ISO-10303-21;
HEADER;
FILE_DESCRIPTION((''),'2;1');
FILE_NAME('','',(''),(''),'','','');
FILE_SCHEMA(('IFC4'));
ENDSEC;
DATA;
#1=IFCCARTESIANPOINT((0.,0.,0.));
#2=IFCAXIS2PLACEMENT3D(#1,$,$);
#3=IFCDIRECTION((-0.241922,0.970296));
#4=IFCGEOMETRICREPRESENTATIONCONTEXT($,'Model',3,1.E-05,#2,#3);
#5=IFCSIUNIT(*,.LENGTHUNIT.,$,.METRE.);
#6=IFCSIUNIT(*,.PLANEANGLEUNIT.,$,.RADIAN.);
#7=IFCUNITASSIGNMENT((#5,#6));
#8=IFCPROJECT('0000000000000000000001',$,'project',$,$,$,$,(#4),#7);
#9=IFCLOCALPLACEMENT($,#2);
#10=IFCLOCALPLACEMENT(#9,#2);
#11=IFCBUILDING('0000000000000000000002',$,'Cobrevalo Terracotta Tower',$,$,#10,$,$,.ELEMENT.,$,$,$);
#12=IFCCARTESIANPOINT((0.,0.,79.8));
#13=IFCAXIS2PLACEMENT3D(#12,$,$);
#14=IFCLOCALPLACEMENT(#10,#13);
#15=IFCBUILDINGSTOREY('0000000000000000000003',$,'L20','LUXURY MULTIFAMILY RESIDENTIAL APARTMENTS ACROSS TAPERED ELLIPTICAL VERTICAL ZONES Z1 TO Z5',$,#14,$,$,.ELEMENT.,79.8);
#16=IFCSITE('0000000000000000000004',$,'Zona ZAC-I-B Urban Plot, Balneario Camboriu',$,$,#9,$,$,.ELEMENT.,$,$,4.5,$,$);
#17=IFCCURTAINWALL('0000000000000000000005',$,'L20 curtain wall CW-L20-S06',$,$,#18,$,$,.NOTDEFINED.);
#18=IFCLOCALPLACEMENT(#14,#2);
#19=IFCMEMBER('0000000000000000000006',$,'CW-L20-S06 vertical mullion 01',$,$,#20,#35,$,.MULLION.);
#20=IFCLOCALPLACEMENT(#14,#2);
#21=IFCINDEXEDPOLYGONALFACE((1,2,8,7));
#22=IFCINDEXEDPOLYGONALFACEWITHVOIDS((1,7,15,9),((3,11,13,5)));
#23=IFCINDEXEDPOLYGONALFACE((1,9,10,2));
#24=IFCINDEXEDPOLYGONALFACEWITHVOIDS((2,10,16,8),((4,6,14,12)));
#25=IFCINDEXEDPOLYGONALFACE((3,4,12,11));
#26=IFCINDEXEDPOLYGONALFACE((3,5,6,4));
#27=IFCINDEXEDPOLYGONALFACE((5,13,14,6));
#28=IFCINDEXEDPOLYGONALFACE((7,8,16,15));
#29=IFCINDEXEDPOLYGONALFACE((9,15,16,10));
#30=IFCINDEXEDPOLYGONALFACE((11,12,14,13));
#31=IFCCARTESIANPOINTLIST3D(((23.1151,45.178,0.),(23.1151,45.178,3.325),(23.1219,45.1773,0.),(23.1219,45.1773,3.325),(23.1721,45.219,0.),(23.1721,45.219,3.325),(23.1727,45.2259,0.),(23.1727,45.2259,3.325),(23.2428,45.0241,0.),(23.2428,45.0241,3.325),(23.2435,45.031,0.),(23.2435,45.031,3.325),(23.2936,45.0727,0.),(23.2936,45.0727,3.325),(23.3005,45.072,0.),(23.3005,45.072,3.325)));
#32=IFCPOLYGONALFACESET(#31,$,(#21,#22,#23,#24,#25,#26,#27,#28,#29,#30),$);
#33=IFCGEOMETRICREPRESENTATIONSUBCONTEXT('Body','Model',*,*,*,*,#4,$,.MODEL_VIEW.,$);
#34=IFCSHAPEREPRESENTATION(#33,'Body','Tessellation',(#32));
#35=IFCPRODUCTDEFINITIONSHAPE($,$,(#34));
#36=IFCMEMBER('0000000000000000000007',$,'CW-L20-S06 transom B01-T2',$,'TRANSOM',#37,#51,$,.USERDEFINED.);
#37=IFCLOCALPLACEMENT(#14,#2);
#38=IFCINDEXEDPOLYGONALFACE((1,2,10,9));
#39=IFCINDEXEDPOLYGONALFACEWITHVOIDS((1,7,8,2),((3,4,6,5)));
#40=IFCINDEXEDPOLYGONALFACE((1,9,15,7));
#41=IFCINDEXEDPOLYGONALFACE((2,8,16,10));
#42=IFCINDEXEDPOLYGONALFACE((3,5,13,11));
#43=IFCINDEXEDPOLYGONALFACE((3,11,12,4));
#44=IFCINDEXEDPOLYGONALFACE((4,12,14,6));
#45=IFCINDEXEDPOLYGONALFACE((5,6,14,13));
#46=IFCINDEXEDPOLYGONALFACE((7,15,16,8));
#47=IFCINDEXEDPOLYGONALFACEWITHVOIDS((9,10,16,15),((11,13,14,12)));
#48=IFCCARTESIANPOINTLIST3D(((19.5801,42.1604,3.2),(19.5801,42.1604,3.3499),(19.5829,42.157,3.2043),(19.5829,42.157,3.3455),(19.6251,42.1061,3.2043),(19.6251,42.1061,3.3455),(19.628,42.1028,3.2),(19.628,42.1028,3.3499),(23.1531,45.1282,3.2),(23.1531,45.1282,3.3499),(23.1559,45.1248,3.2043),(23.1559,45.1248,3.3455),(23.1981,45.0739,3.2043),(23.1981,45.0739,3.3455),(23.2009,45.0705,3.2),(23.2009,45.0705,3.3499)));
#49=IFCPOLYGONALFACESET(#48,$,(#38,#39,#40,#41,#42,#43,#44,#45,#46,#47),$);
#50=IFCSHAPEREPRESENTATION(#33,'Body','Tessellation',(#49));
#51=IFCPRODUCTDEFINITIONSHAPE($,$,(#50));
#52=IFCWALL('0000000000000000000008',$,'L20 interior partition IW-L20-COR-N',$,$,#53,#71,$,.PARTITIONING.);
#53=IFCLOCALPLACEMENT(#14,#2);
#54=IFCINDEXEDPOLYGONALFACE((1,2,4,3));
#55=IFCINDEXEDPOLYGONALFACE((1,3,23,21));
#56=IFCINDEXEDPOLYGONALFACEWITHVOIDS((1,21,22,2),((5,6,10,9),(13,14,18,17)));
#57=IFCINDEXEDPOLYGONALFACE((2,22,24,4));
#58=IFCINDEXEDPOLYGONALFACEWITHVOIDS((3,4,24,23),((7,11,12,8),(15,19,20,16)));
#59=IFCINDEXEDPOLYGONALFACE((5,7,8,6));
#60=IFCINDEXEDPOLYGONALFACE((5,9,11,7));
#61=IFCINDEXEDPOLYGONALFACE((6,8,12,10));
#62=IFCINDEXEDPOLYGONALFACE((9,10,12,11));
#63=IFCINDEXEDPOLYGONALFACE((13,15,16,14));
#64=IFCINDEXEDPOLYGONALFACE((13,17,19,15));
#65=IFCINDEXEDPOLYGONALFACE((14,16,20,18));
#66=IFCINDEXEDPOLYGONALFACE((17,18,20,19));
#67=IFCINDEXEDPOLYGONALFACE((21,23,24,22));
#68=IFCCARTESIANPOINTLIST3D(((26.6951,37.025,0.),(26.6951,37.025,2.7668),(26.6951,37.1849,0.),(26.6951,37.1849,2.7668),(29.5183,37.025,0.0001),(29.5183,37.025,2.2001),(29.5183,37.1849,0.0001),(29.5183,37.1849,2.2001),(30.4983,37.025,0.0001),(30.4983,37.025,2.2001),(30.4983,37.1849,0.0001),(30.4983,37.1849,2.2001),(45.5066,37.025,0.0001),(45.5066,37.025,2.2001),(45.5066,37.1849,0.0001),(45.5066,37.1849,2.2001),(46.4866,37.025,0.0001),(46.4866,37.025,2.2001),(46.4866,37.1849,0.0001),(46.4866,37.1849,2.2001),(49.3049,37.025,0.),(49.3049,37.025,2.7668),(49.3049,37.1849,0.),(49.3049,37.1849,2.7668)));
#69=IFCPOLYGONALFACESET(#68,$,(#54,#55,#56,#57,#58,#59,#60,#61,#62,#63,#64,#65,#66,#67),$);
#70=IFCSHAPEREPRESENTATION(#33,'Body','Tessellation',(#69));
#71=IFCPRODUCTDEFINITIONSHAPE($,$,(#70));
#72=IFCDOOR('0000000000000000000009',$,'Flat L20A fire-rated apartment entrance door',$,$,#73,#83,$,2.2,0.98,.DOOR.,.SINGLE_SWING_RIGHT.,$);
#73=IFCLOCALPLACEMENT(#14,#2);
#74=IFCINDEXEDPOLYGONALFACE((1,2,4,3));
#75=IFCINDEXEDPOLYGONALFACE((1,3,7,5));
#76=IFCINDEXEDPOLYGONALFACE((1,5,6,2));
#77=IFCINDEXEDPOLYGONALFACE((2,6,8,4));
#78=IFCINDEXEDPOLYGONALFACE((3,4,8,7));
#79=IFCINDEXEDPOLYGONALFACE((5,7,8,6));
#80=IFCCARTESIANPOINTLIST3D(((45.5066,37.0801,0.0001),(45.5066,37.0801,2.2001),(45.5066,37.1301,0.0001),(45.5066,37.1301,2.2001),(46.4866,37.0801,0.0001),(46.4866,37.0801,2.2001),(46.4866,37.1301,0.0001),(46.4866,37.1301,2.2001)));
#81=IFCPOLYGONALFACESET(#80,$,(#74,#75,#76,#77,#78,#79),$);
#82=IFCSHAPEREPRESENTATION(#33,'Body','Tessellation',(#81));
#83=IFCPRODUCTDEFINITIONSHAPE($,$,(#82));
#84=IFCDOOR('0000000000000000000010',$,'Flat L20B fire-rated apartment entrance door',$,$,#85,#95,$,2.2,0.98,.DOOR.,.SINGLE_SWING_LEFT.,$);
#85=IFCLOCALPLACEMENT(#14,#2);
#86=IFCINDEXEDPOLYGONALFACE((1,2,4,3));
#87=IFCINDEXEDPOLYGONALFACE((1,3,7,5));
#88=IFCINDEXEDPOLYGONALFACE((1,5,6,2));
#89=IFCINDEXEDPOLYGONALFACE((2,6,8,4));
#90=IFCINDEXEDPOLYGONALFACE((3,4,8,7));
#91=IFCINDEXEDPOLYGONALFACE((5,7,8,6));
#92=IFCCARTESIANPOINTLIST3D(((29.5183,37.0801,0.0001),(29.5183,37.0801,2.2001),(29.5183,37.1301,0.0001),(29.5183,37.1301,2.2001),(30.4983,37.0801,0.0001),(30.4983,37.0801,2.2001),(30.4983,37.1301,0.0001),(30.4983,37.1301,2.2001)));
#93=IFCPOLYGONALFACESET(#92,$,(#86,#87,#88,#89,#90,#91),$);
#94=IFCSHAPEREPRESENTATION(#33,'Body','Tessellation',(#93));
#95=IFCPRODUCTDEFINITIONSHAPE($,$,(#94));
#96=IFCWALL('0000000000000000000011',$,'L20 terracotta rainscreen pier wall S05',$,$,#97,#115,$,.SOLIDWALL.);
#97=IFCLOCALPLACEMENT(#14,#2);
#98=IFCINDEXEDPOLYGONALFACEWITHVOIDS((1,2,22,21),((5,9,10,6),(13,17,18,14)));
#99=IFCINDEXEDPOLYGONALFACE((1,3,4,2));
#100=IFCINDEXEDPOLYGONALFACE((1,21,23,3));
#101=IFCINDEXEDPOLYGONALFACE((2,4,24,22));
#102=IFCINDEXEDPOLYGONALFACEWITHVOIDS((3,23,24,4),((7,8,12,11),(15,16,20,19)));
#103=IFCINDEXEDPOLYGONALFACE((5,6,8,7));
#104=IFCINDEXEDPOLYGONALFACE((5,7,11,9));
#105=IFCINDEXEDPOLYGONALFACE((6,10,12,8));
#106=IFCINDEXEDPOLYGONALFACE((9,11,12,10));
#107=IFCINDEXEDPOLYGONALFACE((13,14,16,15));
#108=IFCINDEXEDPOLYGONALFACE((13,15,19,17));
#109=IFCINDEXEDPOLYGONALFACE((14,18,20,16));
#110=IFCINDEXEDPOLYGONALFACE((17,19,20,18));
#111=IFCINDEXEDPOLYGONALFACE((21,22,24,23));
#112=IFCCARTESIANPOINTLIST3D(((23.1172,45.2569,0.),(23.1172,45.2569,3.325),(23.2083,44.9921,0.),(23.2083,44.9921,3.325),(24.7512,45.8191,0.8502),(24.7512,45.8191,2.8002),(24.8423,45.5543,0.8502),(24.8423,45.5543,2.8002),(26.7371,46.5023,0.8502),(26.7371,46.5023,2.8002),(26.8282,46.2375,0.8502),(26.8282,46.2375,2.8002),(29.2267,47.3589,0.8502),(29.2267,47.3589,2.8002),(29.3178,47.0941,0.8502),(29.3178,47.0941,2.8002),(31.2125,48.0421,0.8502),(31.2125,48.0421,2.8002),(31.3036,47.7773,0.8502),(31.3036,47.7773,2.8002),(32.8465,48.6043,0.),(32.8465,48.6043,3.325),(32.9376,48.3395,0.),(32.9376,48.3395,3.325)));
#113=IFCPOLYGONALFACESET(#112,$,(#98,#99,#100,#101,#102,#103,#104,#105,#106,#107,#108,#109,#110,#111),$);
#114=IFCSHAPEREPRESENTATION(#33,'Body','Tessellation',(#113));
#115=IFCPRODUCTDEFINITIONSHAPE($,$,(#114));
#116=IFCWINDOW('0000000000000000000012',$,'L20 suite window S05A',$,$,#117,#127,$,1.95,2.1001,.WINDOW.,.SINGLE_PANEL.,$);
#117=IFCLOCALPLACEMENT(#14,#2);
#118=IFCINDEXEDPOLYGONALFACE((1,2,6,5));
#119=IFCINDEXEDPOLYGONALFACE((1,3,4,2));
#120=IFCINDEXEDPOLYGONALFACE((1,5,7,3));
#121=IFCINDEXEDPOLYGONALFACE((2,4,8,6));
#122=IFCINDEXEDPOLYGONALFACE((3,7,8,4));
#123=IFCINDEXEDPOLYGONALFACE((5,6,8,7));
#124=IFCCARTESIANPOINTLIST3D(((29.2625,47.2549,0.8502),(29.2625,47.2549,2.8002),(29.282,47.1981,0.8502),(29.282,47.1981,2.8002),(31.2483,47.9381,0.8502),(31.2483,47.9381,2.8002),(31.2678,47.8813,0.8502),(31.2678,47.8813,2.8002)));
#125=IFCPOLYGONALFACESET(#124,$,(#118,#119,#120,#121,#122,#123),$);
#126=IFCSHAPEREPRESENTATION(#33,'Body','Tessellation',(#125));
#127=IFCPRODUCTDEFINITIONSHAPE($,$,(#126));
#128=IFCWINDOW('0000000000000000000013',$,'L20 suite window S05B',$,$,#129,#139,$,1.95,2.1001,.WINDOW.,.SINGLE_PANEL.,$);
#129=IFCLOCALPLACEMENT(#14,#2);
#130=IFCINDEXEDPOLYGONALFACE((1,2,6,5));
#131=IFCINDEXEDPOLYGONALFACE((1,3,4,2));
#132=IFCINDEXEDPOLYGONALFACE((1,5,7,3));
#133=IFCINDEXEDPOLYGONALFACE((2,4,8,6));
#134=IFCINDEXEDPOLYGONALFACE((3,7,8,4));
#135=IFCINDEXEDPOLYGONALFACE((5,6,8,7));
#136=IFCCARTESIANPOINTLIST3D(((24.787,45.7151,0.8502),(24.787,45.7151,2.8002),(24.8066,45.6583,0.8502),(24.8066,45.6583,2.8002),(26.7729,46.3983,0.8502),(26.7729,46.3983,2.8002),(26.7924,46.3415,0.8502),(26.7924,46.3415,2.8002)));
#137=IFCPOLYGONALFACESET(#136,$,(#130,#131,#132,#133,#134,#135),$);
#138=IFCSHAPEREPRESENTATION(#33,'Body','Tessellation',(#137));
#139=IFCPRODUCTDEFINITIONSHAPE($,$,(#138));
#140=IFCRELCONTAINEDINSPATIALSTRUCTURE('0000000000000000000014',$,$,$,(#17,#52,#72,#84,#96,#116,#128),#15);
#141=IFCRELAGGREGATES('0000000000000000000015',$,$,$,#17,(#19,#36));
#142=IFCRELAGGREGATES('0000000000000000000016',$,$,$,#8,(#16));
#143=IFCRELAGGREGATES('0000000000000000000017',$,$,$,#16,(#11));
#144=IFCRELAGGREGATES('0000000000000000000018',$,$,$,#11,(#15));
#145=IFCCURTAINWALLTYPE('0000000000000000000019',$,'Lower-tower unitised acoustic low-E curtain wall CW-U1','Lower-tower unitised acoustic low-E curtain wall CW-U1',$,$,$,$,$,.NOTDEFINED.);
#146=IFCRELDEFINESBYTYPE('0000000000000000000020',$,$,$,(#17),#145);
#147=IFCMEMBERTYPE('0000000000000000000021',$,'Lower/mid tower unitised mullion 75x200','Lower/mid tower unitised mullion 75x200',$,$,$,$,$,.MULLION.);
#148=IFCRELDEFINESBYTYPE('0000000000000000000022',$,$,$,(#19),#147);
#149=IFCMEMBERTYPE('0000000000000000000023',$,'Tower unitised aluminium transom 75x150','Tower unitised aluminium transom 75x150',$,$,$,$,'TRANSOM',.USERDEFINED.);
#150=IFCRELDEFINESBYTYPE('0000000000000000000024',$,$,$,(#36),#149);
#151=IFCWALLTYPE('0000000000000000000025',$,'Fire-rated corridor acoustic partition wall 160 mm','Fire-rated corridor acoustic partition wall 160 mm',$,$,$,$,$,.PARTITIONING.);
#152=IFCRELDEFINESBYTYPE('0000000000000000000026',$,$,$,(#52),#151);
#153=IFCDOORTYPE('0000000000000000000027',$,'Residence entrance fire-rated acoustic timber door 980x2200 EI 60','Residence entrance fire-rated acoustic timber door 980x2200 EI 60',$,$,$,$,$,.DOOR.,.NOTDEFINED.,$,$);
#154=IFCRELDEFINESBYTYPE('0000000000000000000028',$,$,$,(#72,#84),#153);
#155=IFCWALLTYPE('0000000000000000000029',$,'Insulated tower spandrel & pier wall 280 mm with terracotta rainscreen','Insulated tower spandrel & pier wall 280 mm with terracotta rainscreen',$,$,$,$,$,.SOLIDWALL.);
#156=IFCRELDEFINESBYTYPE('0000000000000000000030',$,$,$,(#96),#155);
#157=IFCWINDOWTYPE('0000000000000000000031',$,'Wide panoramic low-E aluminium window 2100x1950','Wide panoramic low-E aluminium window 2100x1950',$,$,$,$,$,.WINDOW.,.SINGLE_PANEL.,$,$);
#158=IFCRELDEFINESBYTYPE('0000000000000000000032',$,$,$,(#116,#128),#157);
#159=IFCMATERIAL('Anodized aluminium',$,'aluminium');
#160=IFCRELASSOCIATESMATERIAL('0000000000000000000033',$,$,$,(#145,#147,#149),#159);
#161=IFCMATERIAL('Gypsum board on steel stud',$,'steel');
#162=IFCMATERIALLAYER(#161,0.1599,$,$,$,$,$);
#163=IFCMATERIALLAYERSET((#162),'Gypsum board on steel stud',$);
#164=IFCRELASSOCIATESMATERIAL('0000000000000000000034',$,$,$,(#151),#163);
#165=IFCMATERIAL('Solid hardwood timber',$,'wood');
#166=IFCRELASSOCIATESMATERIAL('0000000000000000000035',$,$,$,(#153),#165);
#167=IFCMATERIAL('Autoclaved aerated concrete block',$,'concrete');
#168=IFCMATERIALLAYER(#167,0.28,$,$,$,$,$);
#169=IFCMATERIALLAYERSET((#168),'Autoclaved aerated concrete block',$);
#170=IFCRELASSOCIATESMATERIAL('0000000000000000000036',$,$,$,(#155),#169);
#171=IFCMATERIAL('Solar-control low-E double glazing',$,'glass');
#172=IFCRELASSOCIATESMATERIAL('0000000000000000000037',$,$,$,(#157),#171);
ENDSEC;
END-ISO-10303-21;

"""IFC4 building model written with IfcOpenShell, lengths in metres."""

from ifc_helpers import new_model, si_unit, direction, frame, frame_2d, origin, origin_2d, place, context, subcontext, project, spatial, rectangle, hollow_rectangle, extrude, source, transform, mapped, material, layer, layer_set, material_profile, profile_set, type_object, element, fill, aggregate, save


model = new_model("IFC4")

# Units and contexts
model_context = context("Model", 3, precision=1e-05, world=origin(), true_north=direction((-0.241922, 0.970296)))
body_context = subcontext(model_context, "Body", "Model", "MODEL_VIEW")
ifc_project = project(units=[si_unit("LENGTHUNIT", "METRE"), si_unit("PLANEANGLEUNIT", "RADIAN")], contexts=[model_context])

# Site, building, storey
site_placement = place(None, origin())
site = spatial("IfcSite", under=ifc_project, at=site_placement, Name="Zona ZAC-I-B Urban Plot, Balneario Camboriu", CompositionType="ELEMENT", RefElevation=4.5)
building_placement = place(site_placement, origin())
building = spatial("IfcBuilding", under=site, at=building_placement, Name="Cobrevalo Terracotta Tower", CompositionType="ELEMENT")
storey_placement = place(building_placement, frame((0.0, 0.0, 79.8)))
storey = spatial("IfcBuildingStorey", under=building, at=storey_placement, Name="L20", Description="LUXURY MULTIFAMILY RESIDENTIAL APARTMENTS ACROSS TAPERED ELLIPTICAL VERTICAL ZONES Z1 TO Z5", CompositionType="ELEMENT", Elevation=79.8)

# Shared definitions
ifc_material_1 = material(Name="Anodized aluminium", Category="aluminium")
curtain_wall_type = type_object("IfcCurtainWallType", Name="Lower-tower unitised acoustic low-E curtain wall CW-U1", Description="Lower-tower unitised acoustic low-E curtain wall CW-U1", PredefinedType="NOTDEFINED", material=ifc_material_1)
ifc_material_profile_1 = material_profile(ifc_material_1, hollow_rectangle(XDim=0.075, YDim=0.2, WallThickness=0.0049, at=origin_2d()), Name="CWM 75x200")
ifc_profile_set_1 = profile_set([ifc_material_profile_1], Name="Anodized aluminium")
member_type_1 = type_object("IfcMemberType", Name="Lower/mid tower unitised mullion 75x200", Description="Lower/mid tower unitised mullion 75x200", PredefinedType="MULLION", material=ifc_profile_set_1)
shared_shape_1 = source(origin(), body_context, "Body", "SweptSolid", [
    extrude(hollow_rectangle(XDim=0.075, YDim=0.2, WallThickness=0.0049, at=origin_2d()), origin(), (0.0, 0.0, 1.0), 3.325),
])

# Curtain wall, members
curtain_wall_1_placement = place(storey_placement, origin())
curtain_wall_1 = element("IfcCurtainWall", 1, at=curtain_wall_1_placement, inside=storey, type_object=curtain_wall_type, Name="L20 curtain wall CW-L20-S06", PredefinedType="NOTDEFINED")
member_1_placement = place(storey_placement, frame((23.2078, 45.125, 0.0), z_axis=(0.0, 0.0, 1.0), x_axis=(-0.769243, -0.638956, 0.0)))
member_1 = element("IfcMember", 2, at=member_1_placement, type_object=member_type_1, Name="CW-L20-S06 vertical mullion 01", PredefinedType="MULLION", context=body_context, shape_type="MappedRepresentation", body=[
    mapped(shared_shape_1, transform((0.0, 0.0, 0.0), scale=1.0)),
])
ifc_material_profile_2 = material_profile(ifc_material_1, hollow_rectangle(XDim=0.075, YDim=0.1499, WallThickness=0.0044, at=origin_2d()), Name="CWT 75x150")
ifc_profile_set_2 = profile_set([ifc_material_profile_2], Name="Anodized aluminium")
member_type_2 = type_object("IfcMemberType", Name="Tower unitised aluminium transom 75x150", Description="Tower unitised aluminium transom 75x150", ElementType="TRANSOM", PredefinedType="USERDEFINED", material=ifc_profile_set_2)
shared_shape_2 = source(origin(), body_context, "Body", "SweptSolid", [
    extrude(hollow_rectangle(XDim=0.075, YDim=0.1499, WallThickness=0.0044, at=origin_2d()), origin(), (0.0, 0.0, 1.0), 4.6448),
])
member_2_placement = place(storey_placement, frame((23.177, 45.0994, 3.2749), z_axis=(-0.76925, -0.638948, 0.0), x_axis=(0.638948, -0.76925, 0.0)))
member_2 = element("IfcMember", 3, at=member_2_placement, type_object=member_type_2, Name="CW-L20-S06 transom B01-T2", ObjectType="TRANSOM", PredefinedType="USERDEFINED", context=body_context, shape_type="MappedRepresentation", body=[
    mapped(shared_shape_2, transform((0.0, 0.0, 0.0), scale=1.0)),
])
aggregate(curtain_wall_1, [member_1, member_2])

# Wall, openings, doors
ifc_material_2 = material(Name="Gypsum board on steel stud", Category="steel")
ifc_layer_1 = layer(ifc_material_2, 0.1599)
ifc_layer_set_1 = layer_set([ifc_layer_1], Name="Gypsum board on steel stud")
wall_type_1 = type_object("IfcWallType", Name="Fire-rated corridor acoustic partition wall 160 mm", Description="Fire-rated corridor acoustic partition wall 160 mm", PredefinedType="PARTITIONING", material=ifc_layer_set_1)
wall_1_placement = place(storey_placement, frame((26.6951, 37.105, 0.0), z_axis=(0.0, 0.0, 1.0), x_axis=(1.0, 0.0, 0.0)))
wall_1 = element("IfcWall", 4, at=wall_1_placement, inside=storey, type_object=wall_type_1, Name="L20 interior partition IW-L20-COR-N", PredefinedType="PARTITIONING", context=body_context, shape_type="SweptSolid", body=[
    extrude(rectangle(XDim=22.6099, YDim=0.1599, at=frame_2d((11.3049, 0.0))), origin(), (0.0, 0.0, 1.0), 2.7668),
])
opening_1_placement = place(wall_1_placement, frame((18.8115, 0.0, 0.0)))
opening_1 = element("IfcOpeningElement", 5, at=opening_1_placement, cuts=wall_1, PredefinedType="OPENING", context=body_context, shape_type="SweptSolid", body=[
    extrude(rectangle(XDim=0.98, YDim=2.2, at=frame_2d((0.49, 1.1001))), frame((0.0, 0.0898, 0.0), z_axis=(0.0, -1.0, 0.0), x_axis=(1.0, 0.0, 0.0)), (0.0, 0.0, 1.0), 0.1799),
])
opening_2_placement = place(wall_1_placement, frame((2.8232, 0.0, 0.0)))
opening_2 = element("IfcOpeningElement", 6, at=opening_2_placement, cuts=wall_1, PredefinedType="OPENING", context=body_context, shape_type="SweptSolid", body=[
    extrude(rectangle(XDim=0.98, YDim=2.2, at=frame_2d((0.49, 1.1001))), frame((0.0, 0.0898, 0.0), z_axis=(0.0, -1.0, 0.0), x_axis=(1.0, 0.0, 0.0)), (0.0, 0.0, 1.0), 0.1799),
])
ifc_material_3 = material(Name="Solid hardwood timber", Category="wood")
door_type_1 = type_object("IfcDoorType", Name="Residence entrance fire-rated acoustic timber door 980x2200 EI 60", Description="Residence entrance fire-rated acoustic timber door 980x2200 EI 60", OperationType="NOTDEFINED", PredefinedType="DOOR", material=ifc_material_3)
shared_shape_3 = source(origin(), body_context, "Body", "SweptSolid", [
    extrude(rectangle(XDim=0.98, YDim=2.2, at=frame_2d((0.49, 1.1001))), frame((0.0, 0.0249, 0.0), z_axis=(0.0, -1.0, 0.0), x_axis=(1.0, 0.0, 0.0)), (0.0, 0.0, 1.0), 0.05),
])
door_1_placement = place(opening_1_placement, frame((0.98, 0.0, 0.0), z_axis=(0.0, 0.0, 1.0), x_axis=(-1.0, 0.0, 0.0)))
door_1 = element("IfcDoor", 7, at=door_1_placement, inside=storey, type_object=door_type_1, Name="Flat L20A fire-rated apartment entrance door", OperationType="SINGLE_SWING_RIGHT", OverallHeight=2.2, OverallWidth=0.98, PredefinedType="DOOR", context=body_context, shape_type="MappedRepresentation", body=[
    mapped(shared_shape_3, transform((0.0, 0.0, 0.0), scale=1.0)),
])
fill(opening_1, door_1)
door_2_placement = place(opening_2_placement, frame((0.98, 0.0, 0.0), z_axis=(0.0, 0.0, 1.0), x_axis=(-1.0, 0.0, 0.0)))
door_2 = element("IfcDoor", 8, at=door_2_placement, inside=storey, type_object=door_type_1, Name="Flat L20B fire-rated apartment entrance door", OperationType="SINGLE_SWING_LEFT", OverallHeight=2.2, OverallWidth=0.98, PredefinedType="DOOR", context=body_context, shape_type="MappedRepresentation", body=[
    mapped(shared_shape_3, transform((0.0, 0.0, 0.0), scale=1.0)),
])
fill(opening_2, door_2)

# Wall, openings, windows
ifc_material_4 = material(Name="Autoclaved aerated concrete block", Category="concrete")
ifc_layer_2 = layer(ifc_material_4, 0.28)
ifc_layer_set_2 = layer_set([ifc_layer_2], Name="Autoclaved aerated concrete block")
wall_type_2 = type_object("IfcWallType", Name="Insulated tower spandrel & pier wall 280 mm with terracotta rainscreen", Description="Insulated tower spandrel & pier wall 280 mm with terracotta rainscreen", PredefinedType="SOLIDWALL", material=ifc_layer_set_2)
wall_2_placement = place(storey_placement, frame((32.8921, 48.4719, 0.0), z_axis=(0.0, 0.0, 1.0), x_axis=(-0.945597, -0.325339, 0.0)))
wall_2 = element("IfcWall", 9, at=wall_2_placement, inside=storey, type_object=wall_type_2, Name="L20 terracotta rainscreen pier wall S05", PredefinedType="SOLIDWALL", context=body_context, shape_type="SweptSolid", body=[
    extrude(rectangle(XDim=10.2891, YDim=0.28, at=frame_2d((5.1445, 0.0))), origin(), (0.0, 0.0, 1.0), 3.325),
])
opening_3_placement = place(wall_2_placement, frame((1.728, 0.0, 0.8501)))
opening_3 = element("IfcOpeningElement", 10, at=opening_3_placement, cuts=wall_2, PredefinedType="OPENING", context=body_context, shape_type="SweptSolid", body=[
    extrude(rectangle(XDim=2.1001, YDim=1.95, at=frame_2d((1.05, 0.9751))), frame((0.0, 0.1499, 0.0), z_axis=(0.0, -1.0, 0.0), x_axis=(1.0, 0.0, 0.0)), (0.0, 0.0, 1.0), 0.3),
])
opening_4_placement = place(wall_2_placement, frame((6.4609, 0.0, 0.8501)))
opening_4 = element("IfcOpeningElement", 11, at=opening_4_placement, cuts=wall_2, PredefinedType="OPENING", context=body_context, shape_type="SweptSolid", body=[
    extrude(rectangle(XDim=2.1001, YDim=1.95, at=frame_2d((1.05, 0.9751))), frame((0.0, 0.1499, 0.0), z_axis=(0.0, -1.0, 0.0), x_axis=(1.0, 0.0, 0.0)), (0.0, 0.0, 1.0), 0.3),
])
ifc_material_5 = material(Name="Solar-control low-E double glazing", Category="glass")
window_type = type_object("IfcWindowType", Name="Wide panoramic low-E aluminium window 2100x1950", Description="Wide panoramic low-E aluminium window 2100x1950", PartitioningType="SINGLE_PANEL", PredefinedType="WINDOW", material=ifc_material_5)
shared_shape_4 = source(origin(), body_context, "Body", "SweptSolid", [
    extrude(rectangle(XDim=2.1001, YDim=1.95, at=frame_2d((1.05, 0.9751))), frame((0.0, 0.03, 0.0), z_axis=(0.0, -1.0, 0.0), x_axis=(1.0, 0.0, 0.0)), (0.0, 0.0, 1.0), 0.0601),
])
window_1_placement = place(opening_3_placement, origin())
window_1 = element("IfcWindow", 12, at=window_1_placement, inside=storey, type_object=window_type, Name="L20 suite window S05A", OverallHeight=1.95, OverallWidth=2.1001, PartitioningType="SINGLE_PANEL", PredefinedType="WINDOW", context=body_context, shape_type="MappedRepresentation", body=[
    mapped(shared_shape_4, transform((0.0, 0.0, 0.0), scale=1.0)),
])
fill(opening_3, window_1)
window_2_placement = place(opening_4_placement, origin())
window_2 = element("IfcWindow", 13, at=window_2_placement, inside=storey, type_object=window_type, Name="L20 suite window S05B", OverallHeight=1.95, OverallWidth=2.1001, PartitioningType="SINGLE_PANEL", PredefinedType="WINDOW", context=body_context, shape_type="MappedRepresentation", body=[
    mapped(shared_shape_4, transform((0.0, 0.0, 0.0), scale=1.0)),
])
fill(opening_4, window_2)

save(model, "model.ifc")
